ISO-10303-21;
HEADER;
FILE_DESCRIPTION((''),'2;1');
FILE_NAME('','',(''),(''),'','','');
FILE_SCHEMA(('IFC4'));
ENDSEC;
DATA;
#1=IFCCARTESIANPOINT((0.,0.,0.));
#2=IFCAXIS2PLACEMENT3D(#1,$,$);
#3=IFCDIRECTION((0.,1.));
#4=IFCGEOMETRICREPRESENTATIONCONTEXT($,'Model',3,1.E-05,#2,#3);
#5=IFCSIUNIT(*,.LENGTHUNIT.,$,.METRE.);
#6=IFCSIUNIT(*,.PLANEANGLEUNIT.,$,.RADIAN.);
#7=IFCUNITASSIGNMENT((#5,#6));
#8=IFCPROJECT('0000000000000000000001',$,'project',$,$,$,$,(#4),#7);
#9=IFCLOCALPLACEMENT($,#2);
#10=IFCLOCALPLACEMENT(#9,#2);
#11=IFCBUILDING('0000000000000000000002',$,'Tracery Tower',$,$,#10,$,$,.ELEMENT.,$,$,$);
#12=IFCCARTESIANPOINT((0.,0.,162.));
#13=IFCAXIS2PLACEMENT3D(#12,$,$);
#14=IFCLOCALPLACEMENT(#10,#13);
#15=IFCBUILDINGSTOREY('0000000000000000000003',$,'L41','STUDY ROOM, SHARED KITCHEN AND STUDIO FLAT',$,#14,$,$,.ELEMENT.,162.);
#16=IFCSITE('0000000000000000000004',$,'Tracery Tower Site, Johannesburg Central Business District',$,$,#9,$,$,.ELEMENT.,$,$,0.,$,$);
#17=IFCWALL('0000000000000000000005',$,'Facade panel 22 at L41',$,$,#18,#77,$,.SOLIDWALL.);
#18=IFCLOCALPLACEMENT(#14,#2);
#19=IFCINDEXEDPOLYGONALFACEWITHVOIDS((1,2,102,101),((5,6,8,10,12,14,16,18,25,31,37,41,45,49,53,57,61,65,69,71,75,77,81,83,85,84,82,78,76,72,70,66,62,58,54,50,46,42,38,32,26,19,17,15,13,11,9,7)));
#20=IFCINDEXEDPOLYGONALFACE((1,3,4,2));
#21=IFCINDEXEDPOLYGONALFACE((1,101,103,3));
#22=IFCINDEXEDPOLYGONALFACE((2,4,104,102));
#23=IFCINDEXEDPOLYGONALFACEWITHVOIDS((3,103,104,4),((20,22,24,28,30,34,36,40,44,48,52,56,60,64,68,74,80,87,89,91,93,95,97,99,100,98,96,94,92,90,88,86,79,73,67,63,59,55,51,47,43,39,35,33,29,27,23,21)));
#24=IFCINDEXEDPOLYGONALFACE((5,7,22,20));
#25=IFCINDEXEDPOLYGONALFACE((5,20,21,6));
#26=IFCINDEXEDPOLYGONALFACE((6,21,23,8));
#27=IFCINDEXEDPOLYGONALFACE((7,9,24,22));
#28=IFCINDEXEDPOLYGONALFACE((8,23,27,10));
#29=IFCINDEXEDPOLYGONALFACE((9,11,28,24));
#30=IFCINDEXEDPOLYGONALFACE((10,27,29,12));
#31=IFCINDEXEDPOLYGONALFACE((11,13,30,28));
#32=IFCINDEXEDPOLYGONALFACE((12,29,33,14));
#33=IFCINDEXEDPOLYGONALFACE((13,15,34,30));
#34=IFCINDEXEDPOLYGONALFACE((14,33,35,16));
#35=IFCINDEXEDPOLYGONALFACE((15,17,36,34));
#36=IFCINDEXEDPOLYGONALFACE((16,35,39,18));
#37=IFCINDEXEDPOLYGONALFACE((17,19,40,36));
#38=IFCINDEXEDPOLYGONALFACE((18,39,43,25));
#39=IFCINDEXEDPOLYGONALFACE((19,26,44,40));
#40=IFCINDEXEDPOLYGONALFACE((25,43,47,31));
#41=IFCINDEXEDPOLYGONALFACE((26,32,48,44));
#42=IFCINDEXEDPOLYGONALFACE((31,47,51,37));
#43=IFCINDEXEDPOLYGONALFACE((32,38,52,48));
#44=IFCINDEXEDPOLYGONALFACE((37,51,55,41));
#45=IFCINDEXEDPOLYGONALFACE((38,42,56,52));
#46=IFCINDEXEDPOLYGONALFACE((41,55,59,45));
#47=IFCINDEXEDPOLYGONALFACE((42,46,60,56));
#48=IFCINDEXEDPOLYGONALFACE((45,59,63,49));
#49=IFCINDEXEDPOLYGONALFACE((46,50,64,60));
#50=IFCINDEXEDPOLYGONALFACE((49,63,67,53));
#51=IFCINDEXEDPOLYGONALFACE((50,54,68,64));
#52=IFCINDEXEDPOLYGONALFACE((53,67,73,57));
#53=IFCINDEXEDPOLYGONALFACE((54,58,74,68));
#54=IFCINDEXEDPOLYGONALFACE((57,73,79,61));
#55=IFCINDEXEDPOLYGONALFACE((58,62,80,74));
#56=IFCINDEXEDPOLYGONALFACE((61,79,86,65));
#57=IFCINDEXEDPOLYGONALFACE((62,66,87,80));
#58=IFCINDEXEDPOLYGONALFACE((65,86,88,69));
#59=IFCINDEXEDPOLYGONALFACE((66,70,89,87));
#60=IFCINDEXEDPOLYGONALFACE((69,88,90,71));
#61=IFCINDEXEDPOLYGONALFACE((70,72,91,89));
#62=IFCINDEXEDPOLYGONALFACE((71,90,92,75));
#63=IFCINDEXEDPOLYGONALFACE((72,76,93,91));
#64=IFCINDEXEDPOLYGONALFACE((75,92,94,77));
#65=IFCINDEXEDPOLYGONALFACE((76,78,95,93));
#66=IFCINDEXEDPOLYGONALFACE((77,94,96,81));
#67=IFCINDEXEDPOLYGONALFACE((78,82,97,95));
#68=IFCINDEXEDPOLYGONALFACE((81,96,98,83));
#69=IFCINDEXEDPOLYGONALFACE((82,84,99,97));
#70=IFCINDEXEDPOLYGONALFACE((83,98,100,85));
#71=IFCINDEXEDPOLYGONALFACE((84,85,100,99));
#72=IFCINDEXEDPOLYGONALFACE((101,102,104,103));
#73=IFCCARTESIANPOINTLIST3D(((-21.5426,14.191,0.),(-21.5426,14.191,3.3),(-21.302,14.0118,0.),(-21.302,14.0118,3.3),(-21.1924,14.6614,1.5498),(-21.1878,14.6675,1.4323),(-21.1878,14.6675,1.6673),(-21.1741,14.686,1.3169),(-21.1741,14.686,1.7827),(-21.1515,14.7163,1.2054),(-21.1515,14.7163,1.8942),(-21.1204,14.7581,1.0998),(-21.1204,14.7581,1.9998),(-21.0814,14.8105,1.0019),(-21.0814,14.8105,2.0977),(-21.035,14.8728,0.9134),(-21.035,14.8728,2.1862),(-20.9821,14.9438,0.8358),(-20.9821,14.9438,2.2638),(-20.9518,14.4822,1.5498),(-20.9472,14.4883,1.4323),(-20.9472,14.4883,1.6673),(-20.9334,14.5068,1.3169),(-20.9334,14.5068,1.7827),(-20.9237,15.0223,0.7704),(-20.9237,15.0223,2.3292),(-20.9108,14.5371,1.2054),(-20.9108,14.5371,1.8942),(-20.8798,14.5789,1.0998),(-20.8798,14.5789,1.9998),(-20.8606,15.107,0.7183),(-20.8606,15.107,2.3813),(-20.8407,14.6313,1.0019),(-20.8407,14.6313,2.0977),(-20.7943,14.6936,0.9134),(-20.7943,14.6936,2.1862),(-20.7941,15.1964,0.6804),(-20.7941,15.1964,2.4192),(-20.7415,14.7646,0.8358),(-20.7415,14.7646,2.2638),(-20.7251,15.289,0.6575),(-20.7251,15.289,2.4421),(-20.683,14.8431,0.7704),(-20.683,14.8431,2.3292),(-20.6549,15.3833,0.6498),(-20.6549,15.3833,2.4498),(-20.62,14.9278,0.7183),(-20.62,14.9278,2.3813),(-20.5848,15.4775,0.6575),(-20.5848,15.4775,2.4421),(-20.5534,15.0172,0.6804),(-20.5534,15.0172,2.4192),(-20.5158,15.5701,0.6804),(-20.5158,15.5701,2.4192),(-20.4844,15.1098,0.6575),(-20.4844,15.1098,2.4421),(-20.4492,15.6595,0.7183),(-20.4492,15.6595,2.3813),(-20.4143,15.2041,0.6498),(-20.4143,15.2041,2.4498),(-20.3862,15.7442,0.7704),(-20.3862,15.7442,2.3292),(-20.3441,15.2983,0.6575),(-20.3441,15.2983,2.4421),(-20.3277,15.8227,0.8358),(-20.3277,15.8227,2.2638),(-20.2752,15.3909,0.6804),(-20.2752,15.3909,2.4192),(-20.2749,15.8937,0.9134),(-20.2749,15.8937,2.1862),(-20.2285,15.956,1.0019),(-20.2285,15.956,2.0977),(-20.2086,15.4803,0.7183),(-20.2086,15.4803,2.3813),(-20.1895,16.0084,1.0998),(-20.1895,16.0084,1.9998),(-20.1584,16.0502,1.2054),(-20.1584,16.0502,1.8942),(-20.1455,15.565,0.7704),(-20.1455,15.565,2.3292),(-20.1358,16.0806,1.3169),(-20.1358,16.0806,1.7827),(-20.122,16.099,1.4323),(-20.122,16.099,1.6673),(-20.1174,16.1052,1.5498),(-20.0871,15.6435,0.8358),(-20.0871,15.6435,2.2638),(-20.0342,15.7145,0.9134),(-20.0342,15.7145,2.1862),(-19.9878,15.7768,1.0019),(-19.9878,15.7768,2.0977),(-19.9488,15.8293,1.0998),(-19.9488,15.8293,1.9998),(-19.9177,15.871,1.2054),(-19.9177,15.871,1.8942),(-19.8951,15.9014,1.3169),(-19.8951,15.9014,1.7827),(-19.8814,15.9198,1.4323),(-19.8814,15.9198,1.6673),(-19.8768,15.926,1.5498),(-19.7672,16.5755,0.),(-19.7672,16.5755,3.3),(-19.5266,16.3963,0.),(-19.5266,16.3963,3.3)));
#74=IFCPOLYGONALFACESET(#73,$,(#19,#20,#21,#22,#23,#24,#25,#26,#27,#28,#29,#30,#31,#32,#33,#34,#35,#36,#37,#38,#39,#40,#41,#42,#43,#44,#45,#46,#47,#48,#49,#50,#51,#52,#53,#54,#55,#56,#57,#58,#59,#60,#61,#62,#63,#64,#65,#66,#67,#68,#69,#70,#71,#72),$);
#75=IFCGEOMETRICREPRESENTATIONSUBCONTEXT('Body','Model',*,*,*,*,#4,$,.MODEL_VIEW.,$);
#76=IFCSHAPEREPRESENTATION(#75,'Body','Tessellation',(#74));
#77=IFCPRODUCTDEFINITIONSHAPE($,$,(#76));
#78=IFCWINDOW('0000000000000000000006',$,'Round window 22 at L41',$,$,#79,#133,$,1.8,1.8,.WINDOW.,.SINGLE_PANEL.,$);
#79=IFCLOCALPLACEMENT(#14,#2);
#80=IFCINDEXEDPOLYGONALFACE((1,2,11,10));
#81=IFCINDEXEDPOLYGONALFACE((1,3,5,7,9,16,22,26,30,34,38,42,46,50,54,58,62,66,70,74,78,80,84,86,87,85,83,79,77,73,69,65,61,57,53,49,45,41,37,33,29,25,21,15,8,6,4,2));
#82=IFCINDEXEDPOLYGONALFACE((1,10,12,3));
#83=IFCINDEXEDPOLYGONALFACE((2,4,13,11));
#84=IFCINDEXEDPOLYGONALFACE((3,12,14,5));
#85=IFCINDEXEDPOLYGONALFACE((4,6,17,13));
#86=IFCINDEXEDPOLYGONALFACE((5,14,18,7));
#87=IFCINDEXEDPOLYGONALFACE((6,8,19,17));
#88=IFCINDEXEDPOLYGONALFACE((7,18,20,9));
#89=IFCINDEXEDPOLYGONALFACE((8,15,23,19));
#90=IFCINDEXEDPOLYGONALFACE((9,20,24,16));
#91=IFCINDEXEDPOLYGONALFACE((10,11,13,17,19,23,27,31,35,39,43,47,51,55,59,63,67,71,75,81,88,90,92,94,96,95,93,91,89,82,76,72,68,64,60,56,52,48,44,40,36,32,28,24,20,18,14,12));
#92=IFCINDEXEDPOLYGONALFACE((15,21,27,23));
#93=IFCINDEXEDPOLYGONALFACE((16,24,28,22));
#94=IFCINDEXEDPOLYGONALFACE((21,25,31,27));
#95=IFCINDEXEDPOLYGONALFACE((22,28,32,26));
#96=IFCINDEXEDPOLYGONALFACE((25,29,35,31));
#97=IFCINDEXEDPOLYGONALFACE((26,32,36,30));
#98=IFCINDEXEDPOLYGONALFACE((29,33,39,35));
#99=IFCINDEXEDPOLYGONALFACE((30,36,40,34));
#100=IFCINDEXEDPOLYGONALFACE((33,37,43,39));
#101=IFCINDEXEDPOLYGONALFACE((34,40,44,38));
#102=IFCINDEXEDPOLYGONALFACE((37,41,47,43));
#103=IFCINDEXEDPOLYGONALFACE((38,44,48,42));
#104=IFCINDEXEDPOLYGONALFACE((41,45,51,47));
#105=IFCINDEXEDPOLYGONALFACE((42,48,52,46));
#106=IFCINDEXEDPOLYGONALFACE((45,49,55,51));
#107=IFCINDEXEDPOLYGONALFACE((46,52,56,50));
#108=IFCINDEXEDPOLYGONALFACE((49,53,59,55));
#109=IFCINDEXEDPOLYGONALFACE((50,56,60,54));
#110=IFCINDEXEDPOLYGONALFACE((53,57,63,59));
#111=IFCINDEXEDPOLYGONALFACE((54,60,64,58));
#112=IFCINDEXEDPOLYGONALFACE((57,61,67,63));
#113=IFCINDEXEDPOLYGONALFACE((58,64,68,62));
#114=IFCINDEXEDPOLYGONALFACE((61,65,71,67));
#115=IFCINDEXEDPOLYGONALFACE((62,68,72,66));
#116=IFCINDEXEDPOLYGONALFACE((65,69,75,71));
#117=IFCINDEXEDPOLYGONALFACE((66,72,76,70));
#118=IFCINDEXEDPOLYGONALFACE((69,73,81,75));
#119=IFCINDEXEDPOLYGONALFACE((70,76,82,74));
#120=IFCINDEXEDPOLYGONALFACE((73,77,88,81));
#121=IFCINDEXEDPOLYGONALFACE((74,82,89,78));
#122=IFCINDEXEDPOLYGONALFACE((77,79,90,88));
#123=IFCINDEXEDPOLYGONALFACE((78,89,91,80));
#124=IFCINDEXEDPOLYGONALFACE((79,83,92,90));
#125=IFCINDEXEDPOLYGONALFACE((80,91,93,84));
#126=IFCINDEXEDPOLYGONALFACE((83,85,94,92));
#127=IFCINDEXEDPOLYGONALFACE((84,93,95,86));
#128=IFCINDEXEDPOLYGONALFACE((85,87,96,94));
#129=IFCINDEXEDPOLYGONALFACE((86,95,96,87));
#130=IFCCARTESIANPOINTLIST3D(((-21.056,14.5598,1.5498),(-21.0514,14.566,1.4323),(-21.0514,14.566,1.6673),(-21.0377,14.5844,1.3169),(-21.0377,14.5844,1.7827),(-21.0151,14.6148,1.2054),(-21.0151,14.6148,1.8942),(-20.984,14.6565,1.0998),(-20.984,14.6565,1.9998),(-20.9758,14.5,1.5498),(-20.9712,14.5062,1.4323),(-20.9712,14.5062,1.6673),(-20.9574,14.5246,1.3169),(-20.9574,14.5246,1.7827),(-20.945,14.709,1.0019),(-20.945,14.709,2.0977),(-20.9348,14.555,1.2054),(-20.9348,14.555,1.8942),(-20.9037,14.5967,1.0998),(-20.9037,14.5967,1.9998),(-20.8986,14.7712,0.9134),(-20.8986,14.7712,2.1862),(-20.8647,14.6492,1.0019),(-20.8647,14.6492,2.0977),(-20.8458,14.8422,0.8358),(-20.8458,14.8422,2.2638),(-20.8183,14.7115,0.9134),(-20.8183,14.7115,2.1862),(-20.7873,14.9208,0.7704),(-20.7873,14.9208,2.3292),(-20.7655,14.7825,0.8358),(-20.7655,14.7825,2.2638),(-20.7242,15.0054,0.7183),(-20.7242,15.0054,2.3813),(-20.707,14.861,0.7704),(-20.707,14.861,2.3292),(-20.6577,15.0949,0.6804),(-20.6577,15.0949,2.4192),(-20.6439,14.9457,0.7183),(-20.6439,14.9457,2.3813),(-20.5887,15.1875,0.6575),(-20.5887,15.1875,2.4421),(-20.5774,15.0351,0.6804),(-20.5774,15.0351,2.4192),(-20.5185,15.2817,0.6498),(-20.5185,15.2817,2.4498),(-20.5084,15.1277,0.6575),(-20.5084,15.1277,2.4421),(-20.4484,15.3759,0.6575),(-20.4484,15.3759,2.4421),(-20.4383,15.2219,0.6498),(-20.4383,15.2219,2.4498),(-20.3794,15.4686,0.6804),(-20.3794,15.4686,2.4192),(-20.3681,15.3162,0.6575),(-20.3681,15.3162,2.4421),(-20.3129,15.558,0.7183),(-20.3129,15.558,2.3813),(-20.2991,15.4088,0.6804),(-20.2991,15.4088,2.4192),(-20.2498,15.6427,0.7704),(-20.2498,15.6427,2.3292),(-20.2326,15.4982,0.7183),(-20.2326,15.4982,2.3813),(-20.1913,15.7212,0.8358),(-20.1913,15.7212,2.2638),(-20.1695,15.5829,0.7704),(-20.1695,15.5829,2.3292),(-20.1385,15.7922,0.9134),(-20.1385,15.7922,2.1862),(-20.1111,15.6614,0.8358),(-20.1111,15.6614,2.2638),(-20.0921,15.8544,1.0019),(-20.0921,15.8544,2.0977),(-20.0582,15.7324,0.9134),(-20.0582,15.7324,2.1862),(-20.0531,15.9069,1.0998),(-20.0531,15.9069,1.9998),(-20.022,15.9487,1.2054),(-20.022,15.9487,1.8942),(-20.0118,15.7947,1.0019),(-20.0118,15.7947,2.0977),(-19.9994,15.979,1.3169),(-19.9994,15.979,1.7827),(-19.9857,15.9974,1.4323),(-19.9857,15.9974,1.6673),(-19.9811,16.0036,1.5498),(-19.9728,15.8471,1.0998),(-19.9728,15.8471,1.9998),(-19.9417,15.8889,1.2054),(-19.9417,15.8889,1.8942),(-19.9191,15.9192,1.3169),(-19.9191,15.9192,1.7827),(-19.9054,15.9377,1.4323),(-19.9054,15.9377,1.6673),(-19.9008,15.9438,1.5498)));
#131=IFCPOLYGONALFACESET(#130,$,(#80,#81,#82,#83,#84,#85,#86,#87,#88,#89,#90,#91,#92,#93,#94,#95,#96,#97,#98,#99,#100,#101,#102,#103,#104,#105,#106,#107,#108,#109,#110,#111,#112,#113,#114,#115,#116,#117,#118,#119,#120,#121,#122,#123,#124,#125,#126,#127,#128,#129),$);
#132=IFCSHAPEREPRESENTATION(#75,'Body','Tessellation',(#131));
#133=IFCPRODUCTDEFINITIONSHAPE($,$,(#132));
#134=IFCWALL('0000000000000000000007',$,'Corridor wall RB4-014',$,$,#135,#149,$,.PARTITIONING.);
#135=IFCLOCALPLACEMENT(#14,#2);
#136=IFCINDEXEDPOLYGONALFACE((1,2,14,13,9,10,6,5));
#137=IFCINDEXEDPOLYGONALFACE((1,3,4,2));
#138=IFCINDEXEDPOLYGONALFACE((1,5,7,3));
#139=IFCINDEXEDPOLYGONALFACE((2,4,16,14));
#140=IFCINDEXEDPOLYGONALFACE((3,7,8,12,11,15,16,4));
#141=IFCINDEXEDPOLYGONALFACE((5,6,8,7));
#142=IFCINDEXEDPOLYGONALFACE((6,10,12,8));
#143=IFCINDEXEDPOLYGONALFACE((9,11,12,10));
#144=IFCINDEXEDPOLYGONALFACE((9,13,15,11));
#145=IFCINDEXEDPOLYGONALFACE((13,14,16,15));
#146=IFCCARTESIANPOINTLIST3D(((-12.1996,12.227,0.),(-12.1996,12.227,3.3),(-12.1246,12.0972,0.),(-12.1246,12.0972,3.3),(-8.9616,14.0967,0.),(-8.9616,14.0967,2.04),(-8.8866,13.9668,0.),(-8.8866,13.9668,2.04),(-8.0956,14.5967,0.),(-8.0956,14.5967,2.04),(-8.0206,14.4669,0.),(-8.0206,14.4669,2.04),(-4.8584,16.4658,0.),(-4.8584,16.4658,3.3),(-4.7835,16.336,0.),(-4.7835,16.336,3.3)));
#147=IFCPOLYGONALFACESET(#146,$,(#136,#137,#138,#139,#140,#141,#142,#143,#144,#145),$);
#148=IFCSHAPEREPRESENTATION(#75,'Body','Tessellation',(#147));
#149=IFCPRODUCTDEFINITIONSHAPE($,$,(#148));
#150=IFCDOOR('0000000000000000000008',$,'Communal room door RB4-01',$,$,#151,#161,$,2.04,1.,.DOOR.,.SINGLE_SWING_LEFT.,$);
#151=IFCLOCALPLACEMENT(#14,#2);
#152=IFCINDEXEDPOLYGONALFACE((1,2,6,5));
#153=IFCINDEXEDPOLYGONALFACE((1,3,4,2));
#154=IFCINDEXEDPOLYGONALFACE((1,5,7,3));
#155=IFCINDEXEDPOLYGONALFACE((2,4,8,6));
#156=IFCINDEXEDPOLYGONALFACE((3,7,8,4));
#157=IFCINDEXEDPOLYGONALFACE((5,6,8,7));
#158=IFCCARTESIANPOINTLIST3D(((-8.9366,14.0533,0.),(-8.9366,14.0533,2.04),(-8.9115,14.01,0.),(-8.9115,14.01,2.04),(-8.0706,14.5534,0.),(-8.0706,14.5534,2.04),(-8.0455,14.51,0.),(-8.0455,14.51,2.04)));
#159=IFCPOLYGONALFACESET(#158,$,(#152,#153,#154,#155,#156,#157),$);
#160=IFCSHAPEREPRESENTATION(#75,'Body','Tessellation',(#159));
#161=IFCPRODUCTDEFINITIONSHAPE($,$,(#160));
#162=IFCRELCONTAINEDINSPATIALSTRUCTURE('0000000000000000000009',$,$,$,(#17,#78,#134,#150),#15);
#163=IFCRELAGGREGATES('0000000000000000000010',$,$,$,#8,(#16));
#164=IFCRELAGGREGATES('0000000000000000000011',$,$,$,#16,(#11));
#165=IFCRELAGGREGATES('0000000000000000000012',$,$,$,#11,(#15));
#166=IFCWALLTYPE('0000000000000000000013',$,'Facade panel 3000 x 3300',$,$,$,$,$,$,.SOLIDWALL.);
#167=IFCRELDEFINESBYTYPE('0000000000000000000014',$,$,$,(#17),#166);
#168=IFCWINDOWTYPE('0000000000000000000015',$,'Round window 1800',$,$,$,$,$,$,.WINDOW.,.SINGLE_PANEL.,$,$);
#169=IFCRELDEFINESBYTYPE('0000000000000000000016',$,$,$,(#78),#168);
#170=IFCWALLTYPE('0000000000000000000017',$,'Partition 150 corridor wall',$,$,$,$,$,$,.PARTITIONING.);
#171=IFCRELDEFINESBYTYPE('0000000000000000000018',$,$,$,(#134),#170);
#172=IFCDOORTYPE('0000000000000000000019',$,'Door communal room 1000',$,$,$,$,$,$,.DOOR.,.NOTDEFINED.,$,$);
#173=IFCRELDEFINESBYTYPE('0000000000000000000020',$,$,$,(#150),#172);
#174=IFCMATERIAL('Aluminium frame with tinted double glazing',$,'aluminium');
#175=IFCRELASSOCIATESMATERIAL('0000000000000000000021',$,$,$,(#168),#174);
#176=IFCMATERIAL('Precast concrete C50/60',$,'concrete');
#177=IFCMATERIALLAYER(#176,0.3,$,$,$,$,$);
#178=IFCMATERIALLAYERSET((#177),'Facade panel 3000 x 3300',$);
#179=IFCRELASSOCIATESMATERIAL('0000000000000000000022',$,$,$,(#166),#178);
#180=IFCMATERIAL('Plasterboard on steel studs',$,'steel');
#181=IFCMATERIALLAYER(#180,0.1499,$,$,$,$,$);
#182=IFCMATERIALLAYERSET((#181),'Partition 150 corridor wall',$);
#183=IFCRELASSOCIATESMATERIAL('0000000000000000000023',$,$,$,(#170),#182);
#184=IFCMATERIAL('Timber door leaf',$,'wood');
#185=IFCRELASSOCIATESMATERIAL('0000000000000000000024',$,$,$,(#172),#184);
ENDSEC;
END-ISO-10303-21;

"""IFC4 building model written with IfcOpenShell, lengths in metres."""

from ifc_helpers import new_model, si_unit, direction, frame, frame_2d, origin, origin_2d, place, context, subcontext, project, spatial, rectangle, circle, extrude, material, layer, layer_set, type_object, element, fill, save


model = new_model("IFC4")

# Units and contexts
model_context = context("Model", 3, precision=1e-05, world=origin(), true_north=direction((0.0, 1.0)))
body_context = subcontext(model_context, "Body", "Model", "MODEL_VIEW")
ifc_project = project(units=[si_unit("LENGTHUNIT", "METRE"), si_unit("PLANEANGLEUNIT", "RADIAN")], contexts=[model_context])

# Site, building, storey
site_placement = place(None, origin())
site = spatial("IfcSite", under=ifc_project, at=site_placement, Name="Tracery Tower Site, Johannesburg Central Business District", CompositionType="ELEMENT", RefElevation=0.0)
building_placement = place(site_placement, origin())
building = spatial("IfcBuilding", under=site, at=building_placement, Name="Tracery Tower", CompositionType="ELEMENT")
storey_placement = place(building_placement, frame((0.0, 0.0, 162.0)))
storey = spatial("IfcBuildingStorey", under=building, at=storey_placement, Name="L41", Description="STUDY ROOM, SHARED KITCHEN AND STUDIO FLAT", CompositionType="ELEMENT", Elevation=162.0)

# Wall, opening, window
ifc_material_1 = material(Name="Aluminium frame with tinted double glazing", Category="aluminium")
window_type = type_object("IfcWindowType", Name="Round window 1800", PartitioningType="SINGLE_PANEL", PredefinedType="WINDOW", material=ifc_material_1)
ifc_material_2 = material(Name="Precast concrete C50/60", Category="concrete")
ifc_layer_1 = layer(ifc_material_2, 0.3)
ifc_layer_set_1 = layer_set([ifc_layer_1], Name="Facade panel 3000 x 3300")
wall_type_1 = type_object("IfcWallType", Name="Facade panel 3000 x 3300", PredefinedType="SOLIDWALL", material=ifc_layer_set_1)
wall_1_placement = place(storey_placement, frame((-19.647, 16.4858, 0.0), z_axis=(0.0, 0.0, 1.0), x_axis=(-0.597198, -0.802094, 0.0)))
wall_1 = element("IfcWall", 1, at=wall_1_placement, inside=storey, type_object=wall_type_1, Name="Facade panel 22 at L41", PredefinedType="SOLIDWALL", context=body_context, shape_type="SweptSolid", body=[
    extrude(rectangle(XDim=2.9729, YDim=0.3, at=frame_2d((1.4863, 0.0))), origin(), (0.0, 0.0, 1.0), 3.3),
])
opening_1_placement = place(wall_1_placement, frame((1.4863, 0.0, 1.5498)))
opening_1 = element("IfcOpeningElement", 2, at=opening_1_placement, cuts=wall_1, PredefinedType="OPENING", context=body_context, shape_type="SweptSolid", body=[
    extrude(circle(Radius=0.9, at=origin_2d()), frame((0.0, 0.1599, 0.0), z_axis=(0.0, -1.0, 0.0), x_axis=(1.0, 0.0, 0.0)), (0.0, 0.0, 1.0), 0.3201),
])
window_1_placement = place(opening_1_placement, origin())
window_1 = element("IfcWindow", 3, at=window_1_placement, inside=storey, type_object=window_type, Name="Round window 22 at L41", OverallHeight=1.8, OverallWidth=1.8, PartitioningType="SINGLE_PANEL", PredefinedType="WINDOW", context=body_context, shape_type="SweptSolid", body=[
    extrude(circle(Radius=0.9, at=origin_2d()), frame((0.0, 0.1201, 0.0), z_axis=(0.0, -1.0, 0.0), x_axis=(1.0, 0.0, 0.0)), (0.0, 0.0, 1.0), 0.1001),
])
fill(opening_1, window_1)

# Wall, opening, door
ifc_material_3 = material(Name="Plasterboard on steel studs", Category="steel")
ifc_layer_2 = layer(ifc_material_3, 0.1499)
ifc_layer_set_2 = layer_set([ifc_layer_2], Name="Partition 150 corridor wall")
wall_type_2 = type_object("IfcWallType", Name="Partition 150 corridor wall", PredefinedType="PARTITIONING", material=ifc_layer_set_2)
wall_2_placement = place(storey_placement, frame((-12.1621, 12.1621, 0.0), z_axis=(0.0, 0.0, 1.0), x_axis=(0.866005, 0.500036, 0.0)))
wall_2 = element("IfcWall", 4, at=wall_2_placement, inside=storey, type_object=wall_type_2, Name="Corridor wall RB4-014", PredefinedType="PARTITIONING", context=body_context, shape_type="SweptSolid", body=[
    extrude(rectangle(XDim=8.4771, YDim=0.1499, at=frame_2d((4.2385, 0.0))), origin(), (0.0, 0.0, 1.0), 3.3),
])
opening_2_placement = place(wall_2_placement, frame((3.739, 0.0, 0.0)))
opening_2 = element("IfcOpeningElement", 5, at=opening_2_placement, cuts=wall_2, PredefinedType="OPENING", context=body_context, shape_type="SweptSolid", body=[
    extrude(rectangle(XDim=1.0, YDim=2.04, at=frame_2d((0.5, 1.02))), frame((0.0, 0.075, 0.0), z_axis=(0.0, -1.0, 0.0), x_axis=(1.0, 0.0, 0.0)), (0.0, 0.0, 1.0), 0.1499),
])
ifc_material_4 = material(Name="Timber door leaf", Category="wood")
door_type = type_object("IfcDoorType", Name="Door communal room 1000", OperationType="NOTDEFINED", PredefinedType="DOOR", material=ifc_material_4)
door_1_placement = place(opening_2_placement, origin())
door_1 = element("IfcDoor", 6, at=door_1_placement, inside=storey, type_object=door_type, Name="Communal room door RB4-01", OperationType="SINGLE_SWING_LEFT", OverallHeight=2.04, OverallWidth=1.0, PredefinedType="DOOR", context=body_context, shape_type="SweptSolid", body=[
    extrude(rectangle(XDim=1.0, YDim=2.04, at=frame_2d((0.5, 1.02))), frame((0.0, 0.0249, 0.0), z_axis=(0.0, -1.0, 0.0), x_axis=(1.0, 0.0, 0.0)), (0.0, 0.0, 1.0), 0.05),
])
fill(opening_2, door_1)

save(model, "model.ifc")
